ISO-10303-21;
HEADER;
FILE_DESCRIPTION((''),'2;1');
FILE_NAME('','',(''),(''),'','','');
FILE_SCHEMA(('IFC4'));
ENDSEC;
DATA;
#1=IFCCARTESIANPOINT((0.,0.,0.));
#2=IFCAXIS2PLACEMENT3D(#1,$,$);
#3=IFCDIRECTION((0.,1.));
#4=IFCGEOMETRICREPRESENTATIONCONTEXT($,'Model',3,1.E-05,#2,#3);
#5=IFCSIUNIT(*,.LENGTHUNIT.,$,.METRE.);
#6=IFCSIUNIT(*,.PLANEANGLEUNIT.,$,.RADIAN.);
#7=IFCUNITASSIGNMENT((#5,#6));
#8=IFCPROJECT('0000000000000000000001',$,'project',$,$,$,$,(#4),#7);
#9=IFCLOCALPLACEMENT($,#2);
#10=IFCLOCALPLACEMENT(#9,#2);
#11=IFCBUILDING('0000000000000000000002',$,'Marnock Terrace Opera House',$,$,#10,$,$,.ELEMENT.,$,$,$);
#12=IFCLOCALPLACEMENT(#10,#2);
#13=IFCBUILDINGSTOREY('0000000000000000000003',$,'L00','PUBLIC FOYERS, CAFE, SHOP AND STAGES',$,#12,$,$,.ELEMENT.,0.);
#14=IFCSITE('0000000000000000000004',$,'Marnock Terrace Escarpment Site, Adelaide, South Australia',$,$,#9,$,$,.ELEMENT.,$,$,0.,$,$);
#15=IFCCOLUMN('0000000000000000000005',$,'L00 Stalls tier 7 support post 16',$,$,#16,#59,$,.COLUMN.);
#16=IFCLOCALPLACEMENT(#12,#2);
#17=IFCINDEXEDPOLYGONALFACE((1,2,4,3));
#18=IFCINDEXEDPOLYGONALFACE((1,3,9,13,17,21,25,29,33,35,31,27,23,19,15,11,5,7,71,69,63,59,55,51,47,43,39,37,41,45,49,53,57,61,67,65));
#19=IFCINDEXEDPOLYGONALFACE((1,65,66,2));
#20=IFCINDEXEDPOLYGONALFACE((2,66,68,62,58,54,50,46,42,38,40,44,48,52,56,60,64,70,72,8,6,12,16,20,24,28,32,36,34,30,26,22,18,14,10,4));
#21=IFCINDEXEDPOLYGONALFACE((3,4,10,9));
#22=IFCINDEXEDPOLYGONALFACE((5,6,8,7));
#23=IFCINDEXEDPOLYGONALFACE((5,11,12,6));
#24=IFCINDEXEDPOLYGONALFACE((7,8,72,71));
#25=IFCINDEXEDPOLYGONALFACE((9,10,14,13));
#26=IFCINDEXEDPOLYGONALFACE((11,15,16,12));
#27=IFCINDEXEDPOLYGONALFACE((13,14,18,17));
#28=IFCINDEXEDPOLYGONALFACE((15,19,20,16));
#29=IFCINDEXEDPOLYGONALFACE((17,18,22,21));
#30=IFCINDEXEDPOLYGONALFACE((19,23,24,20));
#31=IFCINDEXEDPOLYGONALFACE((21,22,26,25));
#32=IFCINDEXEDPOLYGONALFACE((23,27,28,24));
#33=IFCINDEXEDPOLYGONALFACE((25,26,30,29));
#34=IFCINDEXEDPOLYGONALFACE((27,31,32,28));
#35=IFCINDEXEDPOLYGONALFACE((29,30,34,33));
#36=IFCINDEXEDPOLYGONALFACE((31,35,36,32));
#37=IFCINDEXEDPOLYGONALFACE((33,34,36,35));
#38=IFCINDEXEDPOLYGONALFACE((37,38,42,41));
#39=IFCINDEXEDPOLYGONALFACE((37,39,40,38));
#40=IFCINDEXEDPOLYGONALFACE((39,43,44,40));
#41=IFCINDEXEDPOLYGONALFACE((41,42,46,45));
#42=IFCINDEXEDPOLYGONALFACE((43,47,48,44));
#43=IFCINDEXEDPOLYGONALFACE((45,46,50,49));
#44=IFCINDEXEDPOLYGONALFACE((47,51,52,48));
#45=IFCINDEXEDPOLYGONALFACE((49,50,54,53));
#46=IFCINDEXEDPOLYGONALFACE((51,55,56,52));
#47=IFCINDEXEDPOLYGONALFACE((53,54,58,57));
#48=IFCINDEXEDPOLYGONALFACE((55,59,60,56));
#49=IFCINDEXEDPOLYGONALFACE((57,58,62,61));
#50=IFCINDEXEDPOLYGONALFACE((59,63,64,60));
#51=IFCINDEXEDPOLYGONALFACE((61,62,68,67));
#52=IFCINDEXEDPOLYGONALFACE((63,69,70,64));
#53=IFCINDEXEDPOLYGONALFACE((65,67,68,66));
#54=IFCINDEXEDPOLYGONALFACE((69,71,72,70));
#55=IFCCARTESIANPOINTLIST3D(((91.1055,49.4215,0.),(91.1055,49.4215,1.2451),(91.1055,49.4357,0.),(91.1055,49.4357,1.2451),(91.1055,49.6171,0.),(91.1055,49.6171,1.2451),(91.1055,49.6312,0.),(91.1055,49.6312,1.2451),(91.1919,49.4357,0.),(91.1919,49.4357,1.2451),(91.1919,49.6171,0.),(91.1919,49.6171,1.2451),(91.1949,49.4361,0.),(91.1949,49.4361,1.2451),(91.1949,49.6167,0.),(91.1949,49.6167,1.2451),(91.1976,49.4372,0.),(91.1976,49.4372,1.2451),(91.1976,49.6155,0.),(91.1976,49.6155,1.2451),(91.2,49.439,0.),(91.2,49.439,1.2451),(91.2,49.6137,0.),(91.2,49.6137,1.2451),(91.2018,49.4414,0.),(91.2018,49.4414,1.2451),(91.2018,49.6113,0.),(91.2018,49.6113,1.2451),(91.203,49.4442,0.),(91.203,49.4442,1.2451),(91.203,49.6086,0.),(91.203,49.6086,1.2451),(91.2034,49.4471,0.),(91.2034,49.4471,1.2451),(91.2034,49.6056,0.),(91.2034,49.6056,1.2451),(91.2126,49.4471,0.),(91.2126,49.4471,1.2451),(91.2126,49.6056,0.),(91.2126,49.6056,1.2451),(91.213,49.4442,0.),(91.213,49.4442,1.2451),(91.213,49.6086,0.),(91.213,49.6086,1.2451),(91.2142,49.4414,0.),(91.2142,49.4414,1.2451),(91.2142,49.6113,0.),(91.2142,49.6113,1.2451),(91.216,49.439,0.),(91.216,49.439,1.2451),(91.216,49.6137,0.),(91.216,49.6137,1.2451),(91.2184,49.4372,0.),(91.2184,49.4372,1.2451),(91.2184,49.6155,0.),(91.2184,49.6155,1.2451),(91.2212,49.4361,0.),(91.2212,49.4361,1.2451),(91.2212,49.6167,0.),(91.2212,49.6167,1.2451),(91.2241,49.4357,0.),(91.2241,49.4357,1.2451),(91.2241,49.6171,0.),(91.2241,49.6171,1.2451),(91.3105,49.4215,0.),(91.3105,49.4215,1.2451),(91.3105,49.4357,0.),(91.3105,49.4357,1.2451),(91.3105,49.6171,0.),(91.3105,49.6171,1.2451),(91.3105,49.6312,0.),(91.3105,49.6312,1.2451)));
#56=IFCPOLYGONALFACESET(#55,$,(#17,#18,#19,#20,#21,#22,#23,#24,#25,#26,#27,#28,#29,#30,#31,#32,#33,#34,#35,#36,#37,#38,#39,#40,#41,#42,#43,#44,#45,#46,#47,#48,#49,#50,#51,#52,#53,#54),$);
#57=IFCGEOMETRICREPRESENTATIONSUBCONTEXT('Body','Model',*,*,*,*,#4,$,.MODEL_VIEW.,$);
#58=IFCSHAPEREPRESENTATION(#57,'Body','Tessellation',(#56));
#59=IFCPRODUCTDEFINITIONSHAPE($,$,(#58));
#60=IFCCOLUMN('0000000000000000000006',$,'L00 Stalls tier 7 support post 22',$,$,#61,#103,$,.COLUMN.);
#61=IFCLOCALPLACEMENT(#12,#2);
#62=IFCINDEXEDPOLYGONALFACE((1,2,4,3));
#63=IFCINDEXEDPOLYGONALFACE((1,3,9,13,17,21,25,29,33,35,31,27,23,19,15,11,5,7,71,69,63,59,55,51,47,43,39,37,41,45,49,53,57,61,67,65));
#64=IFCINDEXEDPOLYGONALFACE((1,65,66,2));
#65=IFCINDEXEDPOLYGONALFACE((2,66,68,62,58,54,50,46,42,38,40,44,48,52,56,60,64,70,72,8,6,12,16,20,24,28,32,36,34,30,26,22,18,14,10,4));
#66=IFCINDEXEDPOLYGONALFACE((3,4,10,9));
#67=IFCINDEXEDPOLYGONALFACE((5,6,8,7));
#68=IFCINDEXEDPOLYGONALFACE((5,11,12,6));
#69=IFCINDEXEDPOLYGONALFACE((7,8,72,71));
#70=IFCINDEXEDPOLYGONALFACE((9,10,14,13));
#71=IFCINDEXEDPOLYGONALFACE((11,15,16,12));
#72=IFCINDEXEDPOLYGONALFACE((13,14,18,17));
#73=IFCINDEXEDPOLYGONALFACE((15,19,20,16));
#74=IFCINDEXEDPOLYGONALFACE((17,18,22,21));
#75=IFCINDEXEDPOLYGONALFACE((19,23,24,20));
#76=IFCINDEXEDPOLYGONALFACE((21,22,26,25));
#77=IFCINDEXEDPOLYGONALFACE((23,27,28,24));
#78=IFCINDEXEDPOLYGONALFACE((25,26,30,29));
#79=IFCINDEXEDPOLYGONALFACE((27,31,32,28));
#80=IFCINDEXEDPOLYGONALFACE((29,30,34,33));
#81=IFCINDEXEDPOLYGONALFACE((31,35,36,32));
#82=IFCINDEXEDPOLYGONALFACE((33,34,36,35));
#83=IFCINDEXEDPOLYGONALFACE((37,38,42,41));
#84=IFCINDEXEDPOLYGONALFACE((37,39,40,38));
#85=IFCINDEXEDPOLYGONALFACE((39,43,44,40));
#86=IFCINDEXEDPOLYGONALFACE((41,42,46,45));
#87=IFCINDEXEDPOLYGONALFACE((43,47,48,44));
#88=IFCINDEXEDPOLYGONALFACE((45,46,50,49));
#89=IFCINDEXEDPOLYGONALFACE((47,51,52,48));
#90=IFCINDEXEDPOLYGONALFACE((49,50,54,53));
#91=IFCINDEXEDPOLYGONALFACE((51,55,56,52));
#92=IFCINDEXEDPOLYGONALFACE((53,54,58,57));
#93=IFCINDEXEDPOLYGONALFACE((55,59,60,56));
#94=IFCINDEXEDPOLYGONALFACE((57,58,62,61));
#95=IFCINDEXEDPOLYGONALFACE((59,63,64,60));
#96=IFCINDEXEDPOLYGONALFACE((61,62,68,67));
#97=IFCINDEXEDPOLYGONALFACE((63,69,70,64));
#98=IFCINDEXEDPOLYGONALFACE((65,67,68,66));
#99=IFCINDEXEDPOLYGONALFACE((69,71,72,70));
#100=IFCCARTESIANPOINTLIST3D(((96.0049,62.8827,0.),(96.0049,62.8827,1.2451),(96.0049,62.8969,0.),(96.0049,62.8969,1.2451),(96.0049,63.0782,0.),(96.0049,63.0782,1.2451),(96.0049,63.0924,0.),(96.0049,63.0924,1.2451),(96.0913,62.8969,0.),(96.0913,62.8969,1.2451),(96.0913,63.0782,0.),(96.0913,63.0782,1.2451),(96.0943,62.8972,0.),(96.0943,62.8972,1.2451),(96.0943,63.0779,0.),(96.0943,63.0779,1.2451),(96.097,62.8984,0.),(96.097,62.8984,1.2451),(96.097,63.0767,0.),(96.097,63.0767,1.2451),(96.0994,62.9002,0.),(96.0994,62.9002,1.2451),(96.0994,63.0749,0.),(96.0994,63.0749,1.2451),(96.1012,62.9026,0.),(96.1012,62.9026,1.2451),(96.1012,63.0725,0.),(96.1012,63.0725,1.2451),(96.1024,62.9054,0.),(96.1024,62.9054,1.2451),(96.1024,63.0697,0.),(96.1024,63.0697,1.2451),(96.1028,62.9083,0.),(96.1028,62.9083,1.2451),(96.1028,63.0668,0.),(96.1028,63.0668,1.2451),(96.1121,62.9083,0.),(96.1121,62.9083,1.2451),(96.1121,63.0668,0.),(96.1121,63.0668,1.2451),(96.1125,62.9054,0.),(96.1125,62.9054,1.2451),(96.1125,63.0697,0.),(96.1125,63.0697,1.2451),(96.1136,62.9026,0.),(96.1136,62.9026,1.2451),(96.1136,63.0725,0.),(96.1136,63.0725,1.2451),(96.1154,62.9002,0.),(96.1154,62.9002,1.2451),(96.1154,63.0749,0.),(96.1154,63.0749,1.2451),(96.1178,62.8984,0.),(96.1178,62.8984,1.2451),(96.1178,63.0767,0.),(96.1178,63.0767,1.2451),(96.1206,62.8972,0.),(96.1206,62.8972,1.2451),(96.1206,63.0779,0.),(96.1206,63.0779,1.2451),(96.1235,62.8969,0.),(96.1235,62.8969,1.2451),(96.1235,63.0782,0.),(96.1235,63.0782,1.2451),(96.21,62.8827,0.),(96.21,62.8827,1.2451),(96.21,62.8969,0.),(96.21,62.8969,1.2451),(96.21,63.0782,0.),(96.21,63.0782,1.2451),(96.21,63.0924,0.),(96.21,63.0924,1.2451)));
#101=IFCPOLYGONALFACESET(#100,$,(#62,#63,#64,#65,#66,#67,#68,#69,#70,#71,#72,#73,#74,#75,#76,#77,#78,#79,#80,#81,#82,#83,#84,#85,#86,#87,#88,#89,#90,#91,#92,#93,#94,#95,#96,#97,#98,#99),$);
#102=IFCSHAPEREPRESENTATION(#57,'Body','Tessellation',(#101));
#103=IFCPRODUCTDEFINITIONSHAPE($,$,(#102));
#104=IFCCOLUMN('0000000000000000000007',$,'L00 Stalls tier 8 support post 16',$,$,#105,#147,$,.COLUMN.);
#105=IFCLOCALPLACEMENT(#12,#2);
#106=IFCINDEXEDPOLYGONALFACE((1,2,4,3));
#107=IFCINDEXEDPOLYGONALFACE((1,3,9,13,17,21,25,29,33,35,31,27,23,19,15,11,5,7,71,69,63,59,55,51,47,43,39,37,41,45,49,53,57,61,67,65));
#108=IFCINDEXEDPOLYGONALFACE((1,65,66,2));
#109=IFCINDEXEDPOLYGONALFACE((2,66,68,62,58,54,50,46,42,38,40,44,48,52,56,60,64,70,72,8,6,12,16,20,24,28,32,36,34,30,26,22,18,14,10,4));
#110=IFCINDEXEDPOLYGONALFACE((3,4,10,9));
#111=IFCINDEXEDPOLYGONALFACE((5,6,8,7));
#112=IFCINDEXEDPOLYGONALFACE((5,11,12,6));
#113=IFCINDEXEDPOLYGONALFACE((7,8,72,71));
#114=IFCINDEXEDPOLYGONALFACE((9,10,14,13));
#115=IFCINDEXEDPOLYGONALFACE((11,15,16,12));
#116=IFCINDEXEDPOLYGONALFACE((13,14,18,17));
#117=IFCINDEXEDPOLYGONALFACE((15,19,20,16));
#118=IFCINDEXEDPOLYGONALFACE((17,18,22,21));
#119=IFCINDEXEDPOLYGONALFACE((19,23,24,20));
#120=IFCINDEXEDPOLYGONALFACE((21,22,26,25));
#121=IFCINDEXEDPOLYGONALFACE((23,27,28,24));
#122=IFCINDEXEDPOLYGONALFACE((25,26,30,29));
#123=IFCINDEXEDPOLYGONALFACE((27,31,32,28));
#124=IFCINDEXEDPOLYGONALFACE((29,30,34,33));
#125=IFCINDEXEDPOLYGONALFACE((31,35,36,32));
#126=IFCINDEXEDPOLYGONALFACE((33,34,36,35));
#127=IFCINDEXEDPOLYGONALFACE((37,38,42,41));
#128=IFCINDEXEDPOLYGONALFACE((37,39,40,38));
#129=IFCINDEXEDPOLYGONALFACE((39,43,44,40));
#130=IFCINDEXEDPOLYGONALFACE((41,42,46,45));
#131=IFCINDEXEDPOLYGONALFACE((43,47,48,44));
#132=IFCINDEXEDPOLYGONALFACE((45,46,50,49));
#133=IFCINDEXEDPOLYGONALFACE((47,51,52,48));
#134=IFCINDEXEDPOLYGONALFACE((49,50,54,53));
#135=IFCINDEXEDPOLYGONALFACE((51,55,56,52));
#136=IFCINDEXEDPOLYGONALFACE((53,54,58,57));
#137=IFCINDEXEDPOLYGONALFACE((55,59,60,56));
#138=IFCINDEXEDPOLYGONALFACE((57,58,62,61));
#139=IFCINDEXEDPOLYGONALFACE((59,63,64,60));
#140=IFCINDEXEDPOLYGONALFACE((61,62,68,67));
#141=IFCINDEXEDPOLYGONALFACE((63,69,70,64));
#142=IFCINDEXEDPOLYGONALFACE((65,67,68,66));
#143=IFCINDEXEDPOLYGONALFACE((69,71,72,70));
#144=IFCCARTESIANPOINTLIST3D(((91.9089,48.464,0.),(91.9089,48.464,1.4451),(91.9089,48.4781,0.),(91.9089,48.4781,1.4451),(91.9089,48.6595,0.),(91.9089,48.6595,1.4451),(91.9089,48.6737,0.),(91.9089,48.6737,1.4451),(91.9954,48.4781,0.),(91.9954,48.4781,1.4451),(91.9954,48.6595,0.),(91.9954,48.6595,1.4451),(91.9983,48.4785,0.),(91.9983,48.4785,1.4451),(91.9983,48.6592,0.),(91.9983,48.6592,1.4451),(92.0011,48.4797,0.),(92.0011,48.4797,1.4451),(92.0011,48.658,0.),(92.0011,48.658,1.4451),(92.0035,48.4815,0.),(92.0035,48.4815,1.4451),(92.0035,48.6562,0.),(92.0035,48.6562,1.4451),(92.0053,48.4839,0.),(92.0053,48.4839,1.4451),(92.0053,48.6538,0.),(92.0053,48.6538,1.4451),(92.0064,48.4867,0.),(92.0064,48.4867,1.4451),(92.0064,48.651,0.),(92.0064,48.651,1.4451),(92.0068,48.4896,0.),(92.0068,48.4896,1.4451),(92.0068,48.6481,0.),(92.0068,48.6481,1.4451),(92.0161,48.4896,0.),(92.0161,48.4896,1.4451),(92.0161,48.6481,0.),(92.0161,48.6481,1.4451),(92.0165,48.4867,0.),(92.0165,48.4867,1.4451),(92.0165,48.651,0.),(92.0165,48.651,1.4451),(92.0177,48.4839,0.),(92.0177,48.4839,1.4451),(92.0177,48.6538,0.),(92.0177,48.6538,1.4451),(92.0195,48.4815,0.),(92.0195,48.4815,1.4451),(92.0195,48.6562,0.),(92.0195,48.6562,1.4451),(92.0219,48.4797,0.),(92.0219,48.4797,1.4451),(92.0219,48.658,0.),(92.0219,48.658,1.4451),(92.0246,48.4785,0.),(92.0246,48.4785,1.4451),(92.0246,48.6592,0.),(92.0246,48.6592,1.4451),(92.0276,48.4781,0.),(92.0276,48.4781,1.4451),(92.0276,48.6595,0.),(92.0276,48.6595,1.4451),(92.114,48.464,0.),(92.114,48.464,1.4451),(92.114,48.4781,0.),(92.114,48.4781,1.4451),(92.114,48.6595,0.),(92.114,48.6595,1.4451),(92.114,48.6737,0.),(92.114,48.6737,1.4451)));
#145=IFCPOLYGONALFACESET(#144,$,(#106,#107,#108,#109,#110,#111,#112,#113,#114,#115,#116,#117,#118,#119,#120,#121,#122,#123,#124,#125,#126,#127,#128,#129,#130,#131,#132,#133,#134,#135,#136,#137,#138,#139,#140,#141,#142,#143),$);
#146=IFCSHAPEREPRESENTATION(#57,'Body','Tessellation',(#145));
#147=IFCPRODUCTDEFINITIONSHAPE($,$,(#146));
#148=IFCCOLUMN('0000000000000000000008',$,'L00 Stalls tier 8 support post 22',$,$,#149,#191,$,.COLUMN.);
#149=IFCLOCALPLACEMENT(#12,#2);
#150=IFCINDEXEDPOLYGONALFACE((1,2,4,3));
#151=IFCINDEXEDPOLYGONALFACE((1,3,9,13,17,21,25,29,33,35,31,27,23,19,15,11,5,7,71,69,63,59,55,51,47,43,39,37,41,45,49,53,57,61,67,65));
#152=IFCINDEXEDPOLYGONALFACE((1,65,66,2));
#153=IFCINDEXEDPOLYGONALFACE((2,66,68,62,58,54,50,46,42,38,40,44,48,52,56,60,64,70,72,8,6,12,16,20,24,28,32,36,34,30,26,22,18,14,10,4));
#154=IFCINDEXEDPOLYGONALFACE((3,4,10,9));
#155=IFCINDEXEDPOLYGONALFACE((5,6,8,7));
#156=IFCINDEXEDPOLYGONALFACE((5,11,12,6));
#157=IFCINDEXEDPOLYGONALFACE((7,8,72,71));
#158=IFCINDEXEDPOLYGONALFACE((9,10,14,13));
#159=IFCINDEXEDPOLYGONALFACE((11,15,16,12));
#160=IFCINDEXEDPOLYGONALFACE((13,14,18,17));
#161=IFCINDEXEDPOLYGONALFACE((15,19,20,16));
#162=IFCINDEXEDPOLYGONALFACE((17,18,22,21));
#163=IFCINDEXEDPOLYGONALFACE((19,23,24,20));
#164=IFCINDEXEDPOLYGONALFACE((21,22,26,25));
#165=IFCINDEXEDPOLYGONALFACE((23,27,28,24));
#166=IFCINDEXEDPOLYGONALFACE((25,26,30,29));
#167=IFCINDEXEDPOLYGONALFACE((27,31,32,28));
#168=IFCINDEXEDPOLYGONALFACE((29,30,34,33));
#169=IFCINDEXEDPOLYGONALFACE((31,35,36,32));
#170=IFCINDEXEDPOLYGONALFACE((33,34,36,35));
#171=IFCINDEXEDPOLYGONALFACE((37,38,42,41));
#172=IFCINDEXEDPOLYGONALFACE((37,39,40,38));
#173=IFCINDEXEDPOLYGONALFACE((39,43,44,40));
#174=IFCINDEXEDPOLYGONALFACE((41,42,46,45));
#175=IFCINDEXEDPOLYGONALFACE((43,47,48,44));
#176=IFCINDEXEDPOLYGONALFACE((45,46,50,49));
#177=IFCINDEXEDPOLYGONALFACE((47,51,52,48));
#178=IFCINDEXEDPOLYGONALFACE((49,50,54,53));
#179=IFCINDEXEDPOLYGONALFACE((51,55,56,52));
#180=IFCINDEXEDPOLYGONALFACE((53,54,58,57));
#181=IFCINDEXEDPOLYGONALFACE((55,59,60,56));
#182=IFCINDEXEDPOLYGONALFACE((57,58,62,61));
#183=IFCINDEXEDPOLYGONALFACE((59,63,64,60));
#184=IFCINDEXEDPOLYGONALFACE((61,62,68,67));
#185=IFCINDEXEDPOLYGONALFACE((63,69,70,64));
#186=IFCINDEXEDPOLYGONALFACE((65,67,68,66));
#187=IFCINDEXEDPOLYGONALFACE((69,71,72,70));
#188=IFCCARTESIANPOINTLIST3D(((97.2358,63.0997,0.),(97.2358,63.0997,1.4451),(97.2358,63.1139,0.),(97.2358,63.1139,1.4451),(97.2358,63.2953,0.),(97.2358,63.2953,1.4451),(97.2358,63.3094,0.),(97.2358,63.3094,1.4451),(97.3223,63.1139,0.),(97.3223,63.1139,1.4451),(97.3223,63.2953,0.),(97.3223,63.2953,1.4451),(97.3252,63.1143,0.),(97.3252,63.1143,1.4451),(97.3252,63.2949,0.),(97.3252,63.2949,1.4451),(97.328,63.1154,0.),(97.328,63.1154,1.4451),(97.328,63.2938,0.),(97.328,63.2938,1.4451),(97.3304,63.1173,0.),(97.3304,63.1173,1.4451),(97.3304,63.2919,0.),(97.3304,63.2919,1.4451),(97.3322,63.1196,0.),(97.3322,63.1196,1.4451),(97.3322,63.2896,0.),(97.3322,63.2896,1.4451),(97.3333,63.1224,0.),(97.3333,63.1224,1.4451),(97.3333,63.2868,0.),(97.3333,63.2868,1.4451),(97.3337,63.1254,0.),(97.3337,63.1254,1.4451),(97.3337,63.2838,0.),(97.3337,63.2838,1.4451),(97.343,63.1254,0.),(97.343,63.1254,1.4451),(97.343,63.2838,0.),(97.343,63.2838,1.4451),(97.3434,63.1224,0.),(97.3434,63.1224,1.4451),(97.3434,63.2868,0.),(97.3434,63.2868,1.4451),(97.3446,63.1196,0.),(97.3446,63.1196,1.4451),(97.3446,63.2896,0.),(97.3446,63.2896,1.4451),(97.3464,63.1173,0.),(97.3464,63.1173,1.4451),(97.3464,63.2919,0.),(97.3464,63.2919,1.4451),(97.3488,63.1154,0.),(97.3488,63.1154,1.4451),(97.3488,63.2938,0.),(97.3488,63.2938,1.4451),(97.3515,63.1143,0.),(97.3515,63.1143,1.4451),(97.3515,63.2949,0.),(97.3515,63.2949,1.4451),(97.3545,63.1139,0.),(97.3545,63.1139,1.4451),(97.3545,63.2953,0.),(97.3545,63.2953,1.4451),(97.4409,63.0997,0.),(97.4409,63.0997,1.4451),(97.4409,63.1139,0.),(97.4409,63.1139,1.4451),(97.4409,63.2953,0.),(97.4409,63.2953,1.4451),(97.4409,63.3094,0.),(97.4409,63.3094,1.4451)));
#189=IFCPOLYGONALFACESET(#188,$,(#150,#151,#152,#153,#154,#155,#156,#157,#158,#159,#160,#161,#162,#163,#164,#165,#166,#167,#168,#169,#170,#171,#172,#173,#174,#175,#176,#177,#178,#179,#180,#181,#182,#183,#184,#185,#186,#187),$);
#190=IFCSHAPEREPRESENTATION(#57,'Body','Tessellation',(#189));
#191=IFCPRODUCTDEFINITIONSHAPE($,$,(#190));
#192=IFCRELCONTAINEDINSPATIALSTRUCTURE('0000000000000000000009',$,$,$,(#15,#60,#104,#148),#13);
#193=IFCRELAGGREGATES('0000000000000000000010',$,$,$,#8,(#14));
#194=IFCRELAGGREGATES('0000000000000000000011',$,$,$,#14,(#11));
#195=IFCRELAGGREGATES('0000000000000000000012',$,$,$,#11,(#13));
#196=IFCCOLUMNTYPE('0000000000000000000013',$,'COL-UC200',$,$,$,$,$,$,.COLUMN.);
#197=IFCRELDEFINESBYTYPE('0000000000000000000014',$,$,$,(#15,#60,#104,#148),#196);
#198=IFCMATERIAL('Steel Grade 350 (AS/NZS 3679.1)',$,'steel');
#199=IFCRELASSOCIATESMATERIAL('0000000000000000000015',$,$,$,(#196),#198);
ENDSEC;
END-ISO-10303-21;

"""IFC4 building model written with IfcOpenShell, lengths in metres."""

from ifc_helpers import new_model, si_unit, direction, frame, origin, origin_2d, place, context, subcontext, project, spatial, i_section, extrude, material, material_profile, profile_set, type_object, element, save


model = new_model("IFC4")

# Units and contexts
model_context = context("Model", 3, precision=1e-05, world=origin(), true_north=direction((0.0, 1.0)))
body_context = subcontext(model_context, "Body", "Model", "MODEL_VIEW")
ifc_project = project(units=[si_unit("LENGTHUNIT", "METRE"), si_unit("PLANEANGLEUNIT", "RADIAN")], contexts=[model_context])

# Site, building, storey
site_placement = place(None, origin())
site = spatial("IfcSite", under=ifc_project, at=site_placement, Name="Marnock Terrace Escarpment Site, Adelaide, South Australia", CompositionType="ELEMENT", RefElevation=0.0)
building_placement = place(site_placement, origin())
building = spatial("IfcBuilding", under=site, at=building_placement, Name="Marnock Terrace Opera House", CompositionType="ELEMENT")
storey_placement = place(building_placement, origin())
storey = spatial("IfcBuildingStorey", under=building, at=storey_placement, Name="L00", Description="PUBLIC FOYERS, CAFE, SHOP AND STAGES", CompositionType="ELEMENT", Elevation=0.0)

# Columns
ifc_material_1 = material(Name="Steel Grade 350 (AS/NZS 3679.1)", Category="steel")
ifc_material_profile_1 = material_profile(ifc_material_1, i_section(OverallWidth=0.2051, OverallDepth=0.2097, WebThickness=0.0093, FlangeThickness=0.0142, FilletRadius=0.0115, at=origin_2d()))
ifc_profile_set_1 = profile_set([ifc_material_profile_1], Name="Steel Grade 350 (AS/NZS 3679.1)")
column_type_1 = type_object("IfcColumnType", Name="COL-UC200", PredefinedType="COLUMN", material=ifc_profile_set_1)
for number, where, z_axis, x_axis, name in (
    (1, (91.208, 49.5264, 0.0), (0.0, 0.0, 1.0), (1.0, 0.0, 0.0), "L00 Stalls tier 7 support post 16"),
    (2, (96.1074, 62.9875, 0.0), (0.0, 0.0, 1.0), (1.0, 0.0, 0.0), "L00 Stalls tier 7 support post 22"),
):
    element("IfcColumn", number, at=place(storey_placement, frame(where, z_axis=z_axis, x_axis=x_axis)), inside=storey, type_object=column_type_1, Name=name, PredefinedType="COLUMN", context=body_context, shape_type="SweptSolid", body=[
        extrude(i_section(OverallWidth=0.2051, OverallDepth=0.2097, WebThickness=0.0093, FlangeThickness=0.0142, FilletRadius=0.0115, at=origin_2d()), origin(), (0.0, 0.0, 1.0), 1.2451),
    ])
for number, where, z_axis, x_axis, name in (
    (3, (92.0115, 48.5688, 0.0), (0.0, 0.0, 1.0), (1.0, 0.0, 0.0), "L00 Stalls tier 8 support post 16"),
    (4, (97.3384, 63.2046, 0.0), (0.0, 0.0, 1.0), (1.0, 0.0, 0.0), "L00 Stalls tier 8 support post 22"),
):
    element("IfcColumn", number, at=place(storey_placement, frame(where, z_axis=z_axis, x_axis=x_axis)), inside=storey, type_object=column_type_1, Name=name, PredefinedType="COLUMN", context=body_context, shape_type="SweptSolid", body=[
        extrude(i_section(OverallWidth=0.2051, OverallDepth=0.2097, WebThickness=0.0093, FlangeThickness=0.0142, FilletRadius=0.0115, at=origin_2d()), origin(), (0.0, 0.0, 1.0), 1.4451),
    ])

save(model, "model.ifc")
